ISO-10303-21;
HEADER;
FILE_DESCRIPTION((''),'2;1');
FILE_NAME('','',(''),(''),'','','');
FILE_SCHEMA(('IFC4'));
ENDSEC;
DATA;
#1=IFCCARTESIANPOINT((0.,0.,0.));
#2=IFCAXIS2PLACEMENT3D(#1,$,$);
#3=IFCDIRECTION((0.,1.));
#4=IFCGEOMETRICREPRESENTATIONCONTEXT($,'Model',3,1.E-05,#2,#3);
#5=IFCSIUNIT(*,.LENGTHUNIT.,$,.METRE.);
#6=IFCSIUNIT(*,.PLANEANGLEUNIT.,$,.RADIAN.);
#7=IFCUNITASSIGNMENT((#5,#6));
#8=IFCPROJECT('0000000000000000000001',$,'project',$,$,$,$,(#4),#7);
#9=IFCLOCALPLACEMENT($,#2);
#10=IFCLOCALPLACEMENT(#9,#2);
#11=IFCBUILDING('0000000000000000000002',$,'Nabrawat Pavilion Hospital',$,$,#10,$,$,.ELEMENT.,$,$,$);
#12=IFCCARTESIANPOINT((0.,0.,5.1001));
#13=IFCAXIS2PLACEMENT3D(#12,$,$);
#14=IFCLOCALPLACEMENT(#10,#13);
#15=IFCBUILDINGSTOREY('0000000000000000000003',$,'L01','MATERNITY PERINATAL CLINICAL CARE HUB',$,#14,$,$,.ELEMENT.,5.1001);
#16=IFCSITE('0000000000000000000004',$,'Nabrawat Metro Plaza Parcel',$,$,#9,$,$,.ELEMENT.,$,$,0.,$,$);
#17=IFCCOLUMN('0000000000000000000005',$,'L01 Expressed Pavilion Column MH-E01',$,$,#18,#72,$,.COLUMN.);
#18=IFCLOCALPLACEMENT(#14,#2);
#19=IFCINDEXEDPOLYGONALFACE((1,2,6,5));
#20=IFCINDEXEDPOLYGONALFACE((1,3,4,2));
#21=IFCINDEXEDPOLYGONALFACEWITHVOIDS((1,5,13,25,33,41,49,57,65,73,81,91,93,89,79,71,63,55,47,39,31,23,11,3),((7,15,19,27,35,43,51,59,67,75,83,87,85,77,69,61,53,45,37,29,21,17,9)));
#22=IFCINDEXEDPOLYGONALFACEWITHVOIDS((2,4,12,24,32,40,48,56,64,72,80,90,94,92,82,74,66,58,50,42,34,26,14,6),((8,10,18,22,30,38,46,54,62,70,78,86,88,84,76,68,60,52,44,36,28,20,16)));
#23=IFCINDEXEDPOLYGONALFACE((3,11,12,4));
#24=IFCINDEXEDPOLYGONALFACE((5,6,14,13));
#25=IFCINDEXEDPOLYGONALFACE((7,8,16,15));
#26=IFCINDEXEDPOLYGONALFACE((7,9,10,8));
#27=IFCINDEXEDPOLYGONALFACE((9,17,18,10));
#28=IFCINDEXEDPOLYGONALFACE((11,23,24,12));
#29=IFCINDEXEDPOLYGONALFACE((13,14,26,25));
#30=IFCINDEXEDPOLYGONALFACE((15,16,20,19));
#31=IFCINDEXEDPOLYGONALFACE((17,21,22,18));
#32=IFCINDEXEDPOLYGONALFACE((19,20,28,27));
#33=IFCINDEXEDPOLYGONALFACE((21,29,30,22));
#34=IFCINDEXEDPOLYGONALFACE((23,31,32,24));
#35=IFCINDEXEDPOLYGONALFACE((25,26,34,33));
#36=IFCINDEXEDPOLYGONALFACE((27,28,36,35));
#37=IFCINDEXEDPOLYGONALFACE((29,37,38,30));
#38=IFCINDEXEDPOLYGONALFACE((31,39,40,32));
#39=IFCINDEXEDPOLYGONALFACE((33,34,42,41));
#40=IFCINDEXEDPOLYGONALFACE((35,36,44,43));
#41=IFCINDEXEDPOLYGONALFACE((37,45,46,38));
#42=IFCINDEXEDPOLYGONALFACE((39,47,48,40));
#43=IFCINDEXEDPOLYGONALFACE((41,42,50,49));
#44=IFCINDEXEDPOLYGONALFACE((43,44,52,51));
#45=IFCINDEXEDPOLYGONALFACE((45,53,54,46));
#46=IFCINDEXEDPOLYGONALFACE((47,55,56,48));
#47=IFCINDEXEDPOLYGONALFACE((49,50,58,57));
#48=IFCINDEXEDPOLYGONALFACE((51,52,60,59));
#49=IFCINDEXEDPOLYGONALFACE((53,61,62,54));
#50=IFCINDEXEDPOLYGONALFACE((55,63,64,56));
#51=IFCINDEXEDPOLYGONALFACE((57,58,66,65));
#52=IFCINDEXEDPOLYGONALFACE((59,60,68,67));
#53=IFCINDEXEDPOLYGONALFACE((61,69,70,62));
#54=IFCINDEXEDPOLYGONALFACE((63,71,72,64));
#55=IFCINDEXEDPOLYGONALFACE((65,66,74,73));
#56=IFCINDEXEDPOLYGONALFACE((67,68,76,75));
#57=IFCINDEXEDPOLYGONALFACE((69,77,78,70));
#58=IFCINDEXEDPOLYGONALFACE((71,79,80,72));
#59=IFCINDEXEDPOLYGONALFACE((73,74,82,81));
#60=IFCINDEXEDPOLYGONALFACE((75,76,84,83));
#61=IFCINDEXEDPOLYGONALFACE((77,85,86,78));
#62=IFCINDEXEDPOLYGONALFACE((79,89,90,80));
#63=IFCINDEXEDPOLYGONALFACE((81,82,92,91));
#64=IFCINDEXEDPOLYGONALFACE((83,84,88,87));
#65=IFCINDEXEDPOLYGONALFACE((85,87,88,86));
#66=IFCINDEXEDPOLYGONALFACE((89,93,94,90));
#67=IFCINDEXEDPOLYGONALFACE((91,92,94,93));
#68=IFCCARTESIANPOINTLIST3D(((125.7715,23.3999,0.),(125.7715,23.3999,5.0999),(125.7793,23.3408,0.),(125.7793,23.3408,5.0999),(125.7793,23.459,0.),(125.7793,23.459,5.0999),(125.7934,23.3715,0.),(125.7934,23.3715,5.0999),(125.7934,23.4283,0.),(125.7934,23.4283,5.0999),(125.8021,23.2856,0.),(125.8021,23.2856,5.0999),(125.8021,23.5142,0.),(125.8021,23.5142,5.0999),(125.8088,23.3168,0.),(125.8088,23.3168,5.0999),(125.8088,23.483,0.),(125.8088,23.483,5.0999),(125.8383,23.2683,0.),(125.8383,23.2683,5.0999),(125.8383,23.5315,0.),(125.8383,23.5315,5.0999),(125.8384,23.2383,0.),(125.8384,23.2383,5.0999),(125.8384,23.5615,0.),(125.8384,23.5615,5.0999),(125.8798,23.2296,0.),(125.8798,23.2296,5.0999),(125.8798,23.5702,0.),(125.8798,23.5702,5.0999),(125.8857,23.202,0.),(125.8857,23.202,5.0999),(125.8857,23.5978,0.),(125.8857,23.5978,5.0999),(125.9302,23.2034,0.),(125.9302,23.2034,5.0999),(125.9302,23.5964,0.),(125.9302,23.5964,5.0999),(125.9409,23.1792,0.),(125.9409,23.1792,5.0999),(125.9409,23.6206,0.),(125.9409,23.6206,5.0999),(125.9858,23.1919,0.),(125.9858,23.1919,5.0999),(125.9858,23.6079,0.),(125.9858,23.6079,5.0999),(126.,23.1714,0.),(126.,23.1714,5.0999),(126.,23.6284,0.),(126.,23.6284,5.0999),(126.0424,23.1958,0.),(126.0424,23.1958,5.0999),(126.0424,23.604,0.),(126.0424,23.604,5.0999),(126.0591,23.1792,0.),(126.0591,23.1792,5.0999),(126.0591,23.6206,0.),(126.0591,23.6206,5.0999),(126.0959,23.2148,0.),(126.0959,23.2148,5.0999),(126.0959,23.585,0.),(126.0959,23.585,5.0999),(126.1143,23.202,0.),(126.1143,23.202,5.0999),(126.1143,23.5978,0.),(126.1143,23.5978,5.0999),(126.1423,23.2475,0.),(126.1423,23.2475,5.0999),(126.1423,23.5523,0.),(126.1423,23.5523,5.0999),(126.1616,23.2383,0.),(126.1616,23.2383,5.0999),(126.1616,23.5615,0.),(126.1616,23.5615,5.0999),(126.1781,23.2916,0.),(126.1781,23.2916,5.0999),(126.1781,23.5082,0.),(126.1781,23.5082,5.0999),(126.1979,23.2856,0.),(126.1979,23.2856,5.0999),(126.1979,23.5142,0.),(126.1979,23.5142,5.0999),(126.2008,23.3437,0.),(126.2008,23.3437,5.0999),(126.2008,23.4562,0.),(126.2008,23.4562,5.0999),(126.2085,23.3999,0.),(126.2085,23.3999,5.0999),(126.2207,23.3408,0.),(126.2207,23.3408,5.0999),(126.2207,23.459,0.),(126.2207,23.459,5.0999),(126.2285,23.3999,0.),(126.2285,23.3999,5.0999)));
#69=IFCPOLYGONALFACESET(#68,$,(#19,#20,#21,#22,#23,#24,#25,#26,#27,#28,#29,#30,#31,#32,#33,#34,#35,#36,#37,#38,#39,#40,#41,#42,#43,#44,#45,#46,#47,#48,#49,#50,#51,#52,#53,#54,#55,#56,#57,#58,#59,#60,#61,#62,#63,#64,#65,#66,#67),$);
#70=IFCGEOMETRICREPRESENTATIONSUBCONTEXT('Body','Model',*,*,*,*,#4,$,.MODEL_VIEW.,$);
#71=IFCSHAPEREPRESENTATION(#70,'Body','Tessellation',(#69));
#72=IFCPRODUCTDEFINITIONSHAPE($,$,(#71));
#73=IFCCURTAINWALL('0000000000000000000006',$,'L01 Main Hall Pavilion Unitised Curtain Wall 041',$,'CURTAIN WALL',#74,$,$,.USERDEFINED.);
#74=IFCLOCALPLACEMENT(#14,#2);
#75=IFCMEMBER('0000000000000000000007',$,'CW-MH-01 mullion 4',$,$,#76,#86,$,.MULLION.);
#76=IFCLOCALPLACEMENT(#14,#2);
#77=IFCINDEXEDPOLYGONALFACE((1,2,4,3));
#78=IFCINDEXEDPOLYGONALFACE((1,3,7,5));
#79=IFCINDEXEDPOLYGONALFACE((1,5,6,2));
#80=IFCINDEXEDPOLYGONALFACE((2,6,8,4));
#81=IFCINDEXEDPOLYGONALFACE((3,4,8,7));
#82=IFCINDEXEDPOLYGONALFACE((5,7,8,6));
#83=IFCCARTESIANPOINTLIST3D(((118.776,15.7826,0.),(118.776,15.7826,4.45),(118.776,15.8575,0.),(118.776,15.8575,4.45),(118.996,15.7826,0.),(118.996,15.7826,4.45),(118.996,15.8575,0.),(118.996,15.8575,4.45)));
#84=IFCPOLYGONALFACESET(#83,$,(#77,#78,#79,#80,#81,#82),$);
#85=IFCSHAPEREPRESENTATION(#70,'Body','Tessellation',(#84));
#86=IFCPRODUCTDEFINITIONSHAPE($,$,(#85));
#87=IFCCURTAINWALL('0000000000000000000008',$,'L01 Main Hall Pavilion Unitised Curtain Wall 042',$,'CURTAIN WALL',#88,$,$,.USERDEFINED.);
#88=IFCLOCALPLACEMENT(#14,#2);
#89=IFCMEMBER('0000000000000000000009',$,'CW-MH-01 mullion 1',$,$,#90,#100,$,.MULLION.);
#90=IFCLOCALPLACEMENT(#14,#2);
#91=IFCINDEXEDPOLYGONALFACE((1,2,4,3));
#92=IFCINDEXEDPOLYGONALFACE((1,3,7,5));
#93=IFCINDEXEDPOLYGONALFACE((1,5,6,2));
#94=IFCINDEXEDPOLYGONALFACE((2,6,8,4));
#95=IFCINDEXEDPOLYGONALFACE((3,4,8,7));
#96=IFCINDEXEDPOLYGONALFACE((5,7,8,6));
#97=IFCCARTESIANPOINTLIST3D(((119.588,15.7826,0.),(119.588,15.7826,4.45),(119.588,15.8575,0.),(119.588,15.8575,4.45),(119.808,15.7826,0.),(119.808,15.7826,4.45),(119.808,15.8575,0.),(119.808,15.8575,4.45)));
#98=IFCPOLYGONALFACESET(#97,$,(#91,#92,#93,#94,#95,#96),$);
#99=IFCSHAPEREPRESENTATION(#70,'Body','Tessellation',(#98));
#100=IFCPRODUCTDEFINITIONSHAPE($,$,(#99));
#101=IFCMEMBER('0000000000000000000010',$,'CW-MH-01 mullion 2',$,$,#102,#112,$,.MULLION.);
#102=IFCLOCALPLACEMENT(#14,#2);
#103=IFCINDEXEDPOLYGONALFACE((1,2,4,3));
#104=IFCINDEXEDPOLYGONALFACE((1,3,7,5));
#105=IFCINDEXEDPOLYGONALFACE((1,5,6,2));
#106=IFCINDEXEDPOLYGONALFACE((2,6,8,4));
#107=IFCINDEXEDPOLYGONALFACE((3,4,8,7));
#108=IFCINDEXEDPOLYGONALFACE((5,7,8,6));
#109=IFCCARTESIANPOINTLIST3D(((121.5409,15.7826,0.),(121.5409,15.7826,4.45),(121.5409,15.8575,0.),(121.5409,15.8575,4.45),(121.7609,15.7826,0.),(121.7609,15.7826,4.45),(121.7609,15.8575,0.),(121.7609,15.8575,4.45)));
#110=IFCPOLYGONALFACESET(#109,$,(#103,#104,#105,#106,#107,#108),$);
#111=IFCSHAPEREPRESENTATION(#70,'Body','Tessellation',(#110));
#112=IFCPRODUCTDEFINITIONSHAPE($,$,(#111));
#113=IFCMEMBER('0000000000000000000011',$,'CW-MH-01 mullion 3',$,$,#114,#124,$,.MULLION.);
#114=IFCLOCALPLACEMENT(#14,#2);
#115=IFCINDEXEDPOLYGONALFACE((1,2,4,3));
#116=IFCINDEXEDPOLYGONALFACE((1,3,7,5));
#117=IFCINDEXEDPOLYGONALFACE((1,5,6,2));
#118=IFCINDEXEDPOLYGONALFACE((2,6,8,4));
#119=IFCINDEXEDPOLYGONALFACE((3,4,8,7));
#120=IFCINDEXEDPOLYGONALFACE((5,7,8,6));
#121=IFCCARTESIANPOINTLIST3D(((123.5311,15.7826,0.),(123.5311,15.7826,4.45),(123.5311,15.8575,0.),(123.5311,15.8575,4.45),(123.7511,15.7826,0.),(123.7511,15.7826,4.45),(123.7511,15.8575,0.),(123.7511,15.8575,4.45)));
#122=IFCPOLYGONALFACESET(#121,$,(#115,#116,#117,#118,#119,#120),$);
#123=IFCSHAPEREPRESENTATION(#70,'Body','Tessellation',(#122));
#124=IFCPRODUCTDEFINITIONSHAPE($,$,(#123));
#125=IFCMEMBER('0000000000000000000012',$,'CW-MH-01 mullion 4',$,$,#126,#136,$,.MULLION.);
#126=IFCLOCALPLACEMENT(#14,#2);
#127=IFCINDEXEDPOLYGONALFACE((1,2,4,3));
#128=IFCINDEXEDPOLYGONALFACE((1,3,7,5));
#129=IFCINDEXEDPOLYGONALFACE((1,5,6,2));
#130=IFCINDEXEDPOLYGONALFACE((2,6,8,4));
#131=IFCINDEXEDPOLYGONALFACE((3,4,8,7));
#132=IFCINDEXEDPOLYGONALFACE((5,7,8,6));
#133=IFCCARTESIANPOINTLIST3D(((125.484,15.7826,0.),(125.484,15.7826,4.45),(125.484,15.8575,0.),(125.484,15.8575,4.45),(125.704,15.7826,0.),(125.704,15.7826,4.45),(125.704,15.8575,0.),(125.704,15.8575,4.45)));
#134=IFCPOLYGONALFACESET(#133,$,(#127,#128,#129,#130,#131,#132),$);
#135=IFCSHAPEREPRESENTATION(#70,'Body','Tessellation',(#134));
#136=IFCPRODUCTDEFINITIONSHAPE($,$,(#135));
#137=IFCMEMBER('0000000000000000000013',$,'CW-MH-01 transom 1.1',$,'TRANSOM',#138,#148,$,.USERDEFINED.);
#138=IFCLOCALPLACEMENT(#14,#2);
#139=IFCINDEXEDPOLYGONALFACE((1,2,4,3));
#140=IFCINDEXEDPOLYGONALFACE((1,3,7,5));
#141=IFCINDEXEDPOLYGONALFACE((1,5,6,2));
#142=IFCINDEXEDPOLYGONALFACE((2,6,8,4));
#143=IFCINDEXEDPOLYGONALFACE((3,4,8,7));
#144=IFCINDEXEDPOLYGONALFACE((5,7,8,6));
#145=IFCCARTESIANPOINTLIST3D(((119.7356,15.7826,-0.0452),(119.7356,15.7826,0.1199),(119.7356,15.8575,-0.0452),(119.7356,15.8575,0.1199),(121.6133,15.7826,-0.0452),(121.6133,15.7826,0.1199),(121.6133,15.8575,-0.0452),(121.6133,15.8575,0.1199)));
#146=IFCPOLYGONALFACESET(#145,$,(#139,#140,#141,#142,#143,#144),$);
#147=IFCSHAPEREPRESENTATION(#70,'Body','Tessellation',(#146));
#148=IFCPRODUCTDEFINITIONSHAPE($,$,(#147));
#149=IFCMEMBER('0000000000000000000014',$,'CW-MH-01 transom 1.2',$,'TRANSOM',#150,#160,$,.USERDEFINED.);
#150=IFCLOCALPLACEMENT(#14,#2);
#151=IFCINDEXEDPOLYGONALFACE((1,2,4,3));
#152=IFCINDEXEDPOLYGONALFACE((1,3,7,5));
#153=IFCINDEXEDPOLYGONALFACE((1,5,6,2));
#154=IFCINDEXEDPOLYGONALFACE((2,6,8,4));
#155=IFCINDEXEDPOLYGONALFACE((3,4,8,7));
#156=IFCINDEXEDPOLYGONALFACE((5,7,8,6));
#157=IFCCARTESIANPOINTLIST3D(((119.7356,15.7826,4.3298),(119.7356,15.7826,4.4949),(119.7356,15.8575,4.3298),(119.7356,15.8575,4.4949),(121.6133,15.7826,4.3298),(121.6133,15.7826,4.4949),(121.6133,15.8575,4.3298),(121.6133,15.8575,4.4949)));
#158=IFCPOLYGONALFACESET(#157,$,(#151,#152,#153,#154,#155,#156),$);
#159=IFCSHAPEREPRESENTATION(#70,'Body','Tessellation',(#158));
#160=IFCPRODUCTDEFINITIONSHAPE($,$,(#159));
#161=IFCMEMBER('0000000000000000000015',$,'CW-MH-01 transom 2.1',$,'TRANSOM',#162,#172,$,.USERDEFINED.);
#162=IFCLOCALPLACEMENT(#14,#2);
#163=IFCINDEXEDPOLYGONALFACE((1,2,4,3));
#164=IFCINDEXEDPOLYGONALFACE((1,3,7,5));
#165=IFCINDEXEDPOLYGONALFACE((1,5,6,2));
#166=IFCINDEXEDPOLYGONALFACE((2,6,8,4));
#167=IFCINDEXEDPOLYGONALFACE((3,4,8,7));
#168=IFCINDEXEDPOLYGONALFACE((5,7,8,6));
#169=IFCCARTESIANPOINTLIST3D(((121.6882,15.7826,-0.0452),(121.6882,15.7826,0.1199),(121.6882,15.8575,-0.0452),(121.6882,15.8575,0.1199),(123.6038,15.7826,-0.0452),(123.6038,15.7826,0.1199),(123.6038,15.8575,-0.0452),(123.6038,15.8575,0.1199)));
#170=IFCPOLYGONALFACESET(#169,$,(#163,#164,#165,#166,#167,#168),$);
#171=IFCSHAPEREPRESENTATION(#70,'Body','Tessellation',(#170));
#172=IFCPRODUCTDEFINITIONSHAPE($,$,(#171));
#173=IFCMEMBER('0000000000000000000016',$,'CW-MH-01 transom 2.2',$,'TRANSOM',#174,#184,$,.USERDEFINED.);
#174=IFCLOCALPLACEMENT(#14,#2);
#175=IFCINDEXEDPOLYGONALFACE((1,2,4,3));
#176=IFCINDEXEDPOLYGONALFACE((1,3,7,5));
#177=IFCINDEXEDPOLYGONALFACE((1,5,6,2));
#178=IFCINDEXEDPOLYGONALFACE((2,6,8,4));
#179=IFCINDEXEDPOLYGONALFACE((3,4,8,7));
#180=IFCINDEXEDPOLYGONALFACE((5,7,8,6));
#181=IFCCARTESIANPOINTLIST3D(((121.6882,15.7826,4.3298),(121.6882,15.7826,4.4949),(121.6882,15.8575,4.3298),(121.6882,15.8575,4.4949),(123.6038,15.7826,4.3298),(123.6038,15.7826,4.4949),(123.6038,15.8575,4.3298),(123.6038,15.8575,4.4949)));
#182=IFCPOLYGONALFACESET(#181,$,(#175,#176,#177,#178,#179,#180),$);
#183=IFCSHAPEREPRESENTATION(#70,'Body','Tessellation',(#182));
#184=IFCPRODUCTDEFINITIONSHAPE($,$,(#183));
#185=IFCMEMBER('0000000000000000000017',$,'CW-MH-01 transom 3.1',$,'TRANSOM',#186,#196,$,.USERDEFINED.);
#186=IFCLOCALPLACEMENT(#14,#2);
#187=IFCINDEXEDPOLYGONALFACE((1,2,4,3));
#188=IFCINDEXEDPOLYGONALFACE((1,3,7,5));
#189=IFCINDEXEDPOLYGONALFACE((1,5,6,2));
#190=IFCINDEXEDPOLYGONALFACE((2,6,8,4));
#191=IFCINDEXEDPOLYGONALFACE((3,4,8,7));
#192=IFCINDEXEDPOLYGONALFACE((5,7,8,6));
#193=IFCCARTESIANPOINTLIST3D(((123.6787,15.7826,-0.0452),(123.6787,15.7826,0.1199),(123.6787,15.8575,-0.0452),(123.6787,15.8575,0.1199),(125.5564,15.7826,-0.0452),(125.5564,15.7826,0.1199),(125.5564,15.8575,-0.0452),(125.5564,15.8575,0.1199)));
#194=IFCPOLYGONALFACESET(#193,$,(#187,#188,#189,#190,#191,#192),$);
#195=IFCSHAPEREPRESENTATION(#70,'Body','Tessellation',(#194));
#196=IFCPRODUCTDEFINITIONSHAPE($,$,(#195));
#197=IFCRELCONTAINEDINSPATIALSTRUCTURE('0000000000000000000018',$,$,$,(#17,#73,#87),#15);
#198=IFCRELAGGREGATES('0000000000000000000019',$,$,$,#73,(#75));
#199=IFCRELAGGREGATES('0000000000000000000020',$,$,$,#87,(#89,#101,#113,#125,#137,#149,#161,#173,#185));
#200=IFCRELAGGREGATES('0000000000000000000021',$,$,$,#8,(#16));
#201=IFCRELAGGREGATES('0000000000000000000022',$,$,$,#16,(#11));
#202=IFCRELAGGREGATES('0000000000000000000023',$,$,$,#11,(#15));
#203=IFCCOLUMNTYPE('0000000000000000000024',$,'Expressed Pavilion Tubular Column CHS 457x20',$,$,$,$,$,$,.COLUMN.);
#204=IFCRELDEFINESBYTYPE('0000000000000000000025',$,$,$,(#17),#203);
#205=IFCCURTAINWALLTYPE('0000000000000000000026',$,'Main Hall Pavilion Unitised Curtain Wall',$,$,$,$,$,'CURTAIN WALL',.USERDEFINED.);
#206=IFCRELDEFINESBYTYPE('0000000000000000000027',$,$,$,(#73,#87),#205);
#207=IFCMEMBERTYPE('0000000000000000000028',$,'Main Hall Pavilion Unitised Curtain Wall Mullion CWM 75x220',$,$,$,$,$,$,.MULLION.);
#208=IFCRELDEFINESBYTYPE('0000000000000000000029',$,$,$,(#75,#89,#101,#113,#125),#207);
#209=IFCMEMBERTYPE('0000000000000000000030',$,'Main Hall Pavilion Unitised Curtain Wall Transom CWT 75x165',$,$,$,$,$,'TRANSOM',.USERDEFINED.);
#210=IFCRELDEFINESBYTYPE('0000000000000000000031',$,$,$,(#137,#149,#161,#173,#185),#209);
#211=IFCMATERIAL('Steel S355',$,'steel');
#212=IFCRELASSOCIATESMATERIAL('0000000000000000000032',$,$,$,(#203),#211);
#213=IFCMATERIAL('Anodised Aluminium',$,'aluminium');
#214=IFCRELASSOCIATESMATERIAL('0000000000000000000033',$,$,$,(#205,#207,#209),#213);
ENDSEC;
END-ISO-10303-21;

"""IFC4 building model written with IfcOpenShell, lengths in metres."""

from ifc_helpers import new_model, si_unit, direction, frame, origin, origin_2d, place, context, subcontext, project, spatial, rectangle, hollow_circle, extrude, material, material_profile, profile_set, type_object, element, aggregate, save


model = new_model("IFC4")

# Units and contexts
model_context = context("Model", 3, precision=1e-05, world=origin(), true_north=direction((0.0, 1.0)))
body_context = subcontext(model_context, "Body", "Model", "MODEL_VIEW")
ifc_project = project(units=[si_unit("LENGTHUNIT", "METRE"), si_unit("PLANEANGLEUNIT", "RADIAN")], contexts=[model_context])

# Site, building, storey
site_placement = place(None, origin())
site = spatial("IfcSite", under=ifc_project, at=site_placement, Name="Nabrawat Metro Plaza Parcel", CompositionType="ELEMENT", RefElevation=0.0)
building_placement = place(site_placement, origin())
building = spatial("IfcBuilding", under=site, at=building_placement, Name="Nabrawat Pavilion Hospital", CompositionType="ELEMENT")
storey_placement = place(building_placement, frame((0.0, 0.0, 5.1001)))
storey = spatial("IfcBuildingStorey", under=building, at=storey_placement, Name="L01", Description="MATERNITY PERINATAL CLINICAL CARE HUB", CompositionType="ELEMENT", Elevation=5.1001)

# Column
ifc_material_1 = material(Name="Steel S355", Category="steel")
ifc_material_profile_1 = material_profile(ifc_material_1, hollow_circle(Radius=0.2285, WallThickness=0.02, at=origin_2d()), Name="CHS 457x20")
ifc_profile_set_1 = profile_set([ifc_material_profile_1], Name="Steel S355")
column_type = type_object("IfcColumnType", Name="Expressed Pavilion Tubular Column CHS 457x20", PredefinedType="COLUMN", material=ifc_profile_set_1)
column_placement = place(storey_placement, frame((126.0, 23.3999, 0.0), z_axis=(0.0, 0.0, 1.0), x_axis=(1.0, 0.0, 0.0)))
element("IfcColumn", 1, at=column_placement, inside=storey, type_object=column_type, Name="L01 Expressed Pavilion Column MH-E01", PredefinedType="COLUMN", context=body_context, shape_type="SweptSolid", body=[
    extrude(hollow_circle(Radius=0.2285, WallThickness=0.02, at=origin_2d()), origin(), (0.0, 0.0, 1.0), 5.0999),
])

# Curtain wall, member
ifc_material_2 = material(Name="Anodised Aluminium", Category="aluminium")
curtain_wall_type = type_object("IfcCurtainWallType", Name="Main Hall Pavilion Unitised Curtain Wall", ElementType="CURTAIN WALL", PredefinedType="USERDEFINED", material=ifc_material_2)
curtain_wall_1_placement = place(storey_placement, origin())
curtain_wall_1 = element("IfcCurtainWall", 2, at=curtain_wall_1_placement, inside=storey, type_object=curtain_wall_type, Name="L01 Main Hall Pavilion Unitised Curtain Wall 041", ObjectType="CURTAIN WALL", PredefinedType="USERDEFINED")
ifc_material_profile_2 = material_profile(ifc_material_2, rectangle(XDim=0.075, YDim=0.22, at=origin_2d()), Name="CWM 75x220")
ifc_profile_set_2 = profile_set([ifc_material_profile_2], Name="Anodised Aluminium")
member_type_1 = type_object("IfcMemberType", Name="Main Hall Pavilion Unitised Curtain Wall Mullion CWM 75x220", PredefinedType="MULLION", material=ifc_profile_set_2)
member_1_placement = place(storey_placement, frame((118.886, 15.8201, 0.0), z_axis=(0.0, 0.0, 1.0), x_axis=(0.0, 1.0, 0.0)))
member_1 = element("IfcMember", 3, at=member_1_placement, type_object=member_type_1, Name="CW-MH-01 mullion 4", PredefinedType="MULLION", context=body_context, shape_type="SweptSolid", body=[
    extrude(rectangle(XDim=0.075, YDim=0.22, at=origin_2d()), origin(), (0.0, 0.0, 1.0), 4.45),
])
aggregate(curtain_wall_1, [member_1])

# Curtain wall, members
curtain_wall_2_placement = place(storey_placement, origin())
curtain_wall_2 = element("IfcCurtainWall", 4, at=curtain_wall_2_placement, inside=storey, type_object=curtain_wall_type, Name="L01 Main Hall Pavilion Unitised Curtain Wall 042", ObjectType="CURTAIN WALL", PredefinedType="USERDEFINED")
member_2_placement = place(storey_placement, frame((119.698, 15.8201, 0.0), z_axis=(0.0, 0.0, 1.0), x_axis=(0.0, 1.0, 0.0)))
member_2 = element("IfcMember", 5, at=member_2_placement, type_object=member_type_1, Name="CW-MH-01 mullion 1", PredefinedType="MULLION", context=body_context, shape_type="SweptSolid", body=[
    extrude(rectangle(XDim=0.075, YDim=0.22, at=origin_2d()), origin(), (0.0, 0.0, 1.0), 4.45),
])
member_3_placement = place(storey_placement, frame((121.6509, 15.8201, 0.0), z_axis=(0.0, 0.0, 1.0), x_axis=(0.0, 1.0, 0.0)))
member_3 = element("IfcMember", 6, at=member_3_placement, type_object=member_type_1, Name="CW-MH-01 mullion 2", PredefinedType="MULLION", context=body_context, shape_type="SweptSolid", body=[
    extrude(rectangle(XDim=0.075, YDim=0.22, at=origin_2d()), origin(), (0.0, 0.0, 1.0), 4.45),
])
member_4_placement = place(storey_placement, frame((123.6411, 15.8201, 0.0), z_axis=(0.0, 0.0, 1.0), x_axis=(0.0, 1.0, 0.0)))
member_4 = element("IfcMember", 7, at=member_4_placement, type_object=member_type_1, Name="CW-MH-01 mullion 3", PredefinedType="MULLION", context=body_context, shape_type="SweptSolid", body=[
    extrude(rectangle(XDim=0.075, YDim=0.22, at=origin_2d()), origin(), (0.0, 0.0, 1.0), 4.45),
])
member_5_placement = place(storey_placement, frame((125.594, 15.8201, 0.0), z_axis=(0.0, 0.0, 1.0), x_axis=(0.0, 1.0, 0.0)))
member_5 = element("IfcMember", 8, at=member_5_placement, type_object=member_type_1, Name="CW-MH-01 mullion 4", PredefinedType="MULLION", context=body_context, shape_type="SweptSolid", body=[
    extrude(rectangle(XDim=0.075, YDim=0.22, at=origin_2d()), origin(), (0.0, 0.0, 1.0), 4.45),
])
ifc_material_profile_3 = material_profile(ifc_material_2, rectangle(XDim=0.075, YDim=0.165, at=origin_2d()), Name="CWT 75x165")
ifc_profile_set_3 = profile_set([ifc_material_profile_3], Name="Anodised Aluminium")
member_type_2 = type_object("IfcMemberType", Name="Main Hall Pavilion Unitised Curtain Wall Transom CWT 75x165", ElementType="TRANSOM", PredefinedType="USERDEFINED", material=ifc_profile_set_3)
member_6_placement = place(storey_placement, frame((119.7356, 15.8201, 0.0374), z_axis=(1.0, 0.0, 0.0), x_axis=(0.0, 1.0, 0.0)))
member_6 = element("IfcMember", 9, at=member_6_placement, type_object=member_type_2, Name="CW-MH-01 transom 1.1", ObjectType="TRANSOM", PredefinedType="USERDEFINED", context=body_context, shape_type="SweptSolid", body=[
    extrude(rectangle(XDim=0.075, YDim=0.165, at=origin_2d()), origin(), (0.0, 0.0, 1.0), 1.8777),
])
member_7_placement = place(storey_placement, frame((119.7356, 15.8201, 4.4124), z_axis=(1.0, 0.0, 0.0), x_axis=(0.0, 1.0, 0.0)))
member_7 = element("IfcMember", 10, at=member_7_placement, type_object=member_type_2, Name="CW-MH-01 transom 1.2", ObjectType="TRANSOM", PredefinedType="USERDEFINED", context=body_context, shape_type="SweptSolid", body=[
    extrude(rectangle(XDim=0.075, YDim=0.165, at=origin_2d()), origin(), (0.0, 0.0, 1.0), 1.8777),
])
member_8_placement = place(storey_placement, frame((121.6882, 15.8201, 0.0374), z_axis=(1.0, 0.0, 0.0), x_axis=(0.0, 1.0, 0.0)))
member_8 = element("IfcMember", 11, at=member_8_placement, type_object=member_type_2, Name="CW-MH-01 transom 2.1", ObjectType="TRANSOM", PredefinedType="USERDEFINED", context=body_context, shape_type="SweptSolid", body=[
    extrude(rectangle(XDim=0.075, YDim=0.165, at=origin_2d()), origin(), (0.0, 0.0, 1.0), 1.9155),
])
member_9_placement = place(storey_placement, frame((121.6882, 15.8201, 4.4124), z_axis=(1.0, 0.0, 0.0), x_axis=(0.0, 1.0, 0.0)))
member_9 = element("IfcMember", 12, at=member_9_placement, type_object=member_type_2, Name="CW-MH-01 transom 2.2", ObjectType="TRANSOM", PredefinedType="USERDEFINED", context=body_context, shape_type="SweptSolid", body=[
    extrude(rectangle(XDim=0.075, YDim=0.165, at=origin_2d()), origin(), (0.0, 0.0, 1.0), 1.9155),
])
member_10_placement = place(storey_placement, frame((123.6787, 15.8201, 0.0374), z_axis=(1.0, 0.0, 0.0), x_axis=(0.0, 1.0, 0.0)))
member_10 = element("IfcMember", 13, at=member_10_placement, type_object=member_type_2, Name="CW-MH-01 transom 3.1", ObjectType="TRANSOM", PredefinedType="USERDEFINED", context=body_context, shape_type="SweptSolid", body=[
    extrude(rectangle(XDim=0.075, YDim=0.165, at=origin_2d()), origin(), (0.0, 0.0, 1.0), 1.8777),
])
aggregate(curtain_wall_2, [member_2, member_3, member_4, member_5, member_6, member_7, member_8, member_9, member_10])

save(model, "model.ifc")
